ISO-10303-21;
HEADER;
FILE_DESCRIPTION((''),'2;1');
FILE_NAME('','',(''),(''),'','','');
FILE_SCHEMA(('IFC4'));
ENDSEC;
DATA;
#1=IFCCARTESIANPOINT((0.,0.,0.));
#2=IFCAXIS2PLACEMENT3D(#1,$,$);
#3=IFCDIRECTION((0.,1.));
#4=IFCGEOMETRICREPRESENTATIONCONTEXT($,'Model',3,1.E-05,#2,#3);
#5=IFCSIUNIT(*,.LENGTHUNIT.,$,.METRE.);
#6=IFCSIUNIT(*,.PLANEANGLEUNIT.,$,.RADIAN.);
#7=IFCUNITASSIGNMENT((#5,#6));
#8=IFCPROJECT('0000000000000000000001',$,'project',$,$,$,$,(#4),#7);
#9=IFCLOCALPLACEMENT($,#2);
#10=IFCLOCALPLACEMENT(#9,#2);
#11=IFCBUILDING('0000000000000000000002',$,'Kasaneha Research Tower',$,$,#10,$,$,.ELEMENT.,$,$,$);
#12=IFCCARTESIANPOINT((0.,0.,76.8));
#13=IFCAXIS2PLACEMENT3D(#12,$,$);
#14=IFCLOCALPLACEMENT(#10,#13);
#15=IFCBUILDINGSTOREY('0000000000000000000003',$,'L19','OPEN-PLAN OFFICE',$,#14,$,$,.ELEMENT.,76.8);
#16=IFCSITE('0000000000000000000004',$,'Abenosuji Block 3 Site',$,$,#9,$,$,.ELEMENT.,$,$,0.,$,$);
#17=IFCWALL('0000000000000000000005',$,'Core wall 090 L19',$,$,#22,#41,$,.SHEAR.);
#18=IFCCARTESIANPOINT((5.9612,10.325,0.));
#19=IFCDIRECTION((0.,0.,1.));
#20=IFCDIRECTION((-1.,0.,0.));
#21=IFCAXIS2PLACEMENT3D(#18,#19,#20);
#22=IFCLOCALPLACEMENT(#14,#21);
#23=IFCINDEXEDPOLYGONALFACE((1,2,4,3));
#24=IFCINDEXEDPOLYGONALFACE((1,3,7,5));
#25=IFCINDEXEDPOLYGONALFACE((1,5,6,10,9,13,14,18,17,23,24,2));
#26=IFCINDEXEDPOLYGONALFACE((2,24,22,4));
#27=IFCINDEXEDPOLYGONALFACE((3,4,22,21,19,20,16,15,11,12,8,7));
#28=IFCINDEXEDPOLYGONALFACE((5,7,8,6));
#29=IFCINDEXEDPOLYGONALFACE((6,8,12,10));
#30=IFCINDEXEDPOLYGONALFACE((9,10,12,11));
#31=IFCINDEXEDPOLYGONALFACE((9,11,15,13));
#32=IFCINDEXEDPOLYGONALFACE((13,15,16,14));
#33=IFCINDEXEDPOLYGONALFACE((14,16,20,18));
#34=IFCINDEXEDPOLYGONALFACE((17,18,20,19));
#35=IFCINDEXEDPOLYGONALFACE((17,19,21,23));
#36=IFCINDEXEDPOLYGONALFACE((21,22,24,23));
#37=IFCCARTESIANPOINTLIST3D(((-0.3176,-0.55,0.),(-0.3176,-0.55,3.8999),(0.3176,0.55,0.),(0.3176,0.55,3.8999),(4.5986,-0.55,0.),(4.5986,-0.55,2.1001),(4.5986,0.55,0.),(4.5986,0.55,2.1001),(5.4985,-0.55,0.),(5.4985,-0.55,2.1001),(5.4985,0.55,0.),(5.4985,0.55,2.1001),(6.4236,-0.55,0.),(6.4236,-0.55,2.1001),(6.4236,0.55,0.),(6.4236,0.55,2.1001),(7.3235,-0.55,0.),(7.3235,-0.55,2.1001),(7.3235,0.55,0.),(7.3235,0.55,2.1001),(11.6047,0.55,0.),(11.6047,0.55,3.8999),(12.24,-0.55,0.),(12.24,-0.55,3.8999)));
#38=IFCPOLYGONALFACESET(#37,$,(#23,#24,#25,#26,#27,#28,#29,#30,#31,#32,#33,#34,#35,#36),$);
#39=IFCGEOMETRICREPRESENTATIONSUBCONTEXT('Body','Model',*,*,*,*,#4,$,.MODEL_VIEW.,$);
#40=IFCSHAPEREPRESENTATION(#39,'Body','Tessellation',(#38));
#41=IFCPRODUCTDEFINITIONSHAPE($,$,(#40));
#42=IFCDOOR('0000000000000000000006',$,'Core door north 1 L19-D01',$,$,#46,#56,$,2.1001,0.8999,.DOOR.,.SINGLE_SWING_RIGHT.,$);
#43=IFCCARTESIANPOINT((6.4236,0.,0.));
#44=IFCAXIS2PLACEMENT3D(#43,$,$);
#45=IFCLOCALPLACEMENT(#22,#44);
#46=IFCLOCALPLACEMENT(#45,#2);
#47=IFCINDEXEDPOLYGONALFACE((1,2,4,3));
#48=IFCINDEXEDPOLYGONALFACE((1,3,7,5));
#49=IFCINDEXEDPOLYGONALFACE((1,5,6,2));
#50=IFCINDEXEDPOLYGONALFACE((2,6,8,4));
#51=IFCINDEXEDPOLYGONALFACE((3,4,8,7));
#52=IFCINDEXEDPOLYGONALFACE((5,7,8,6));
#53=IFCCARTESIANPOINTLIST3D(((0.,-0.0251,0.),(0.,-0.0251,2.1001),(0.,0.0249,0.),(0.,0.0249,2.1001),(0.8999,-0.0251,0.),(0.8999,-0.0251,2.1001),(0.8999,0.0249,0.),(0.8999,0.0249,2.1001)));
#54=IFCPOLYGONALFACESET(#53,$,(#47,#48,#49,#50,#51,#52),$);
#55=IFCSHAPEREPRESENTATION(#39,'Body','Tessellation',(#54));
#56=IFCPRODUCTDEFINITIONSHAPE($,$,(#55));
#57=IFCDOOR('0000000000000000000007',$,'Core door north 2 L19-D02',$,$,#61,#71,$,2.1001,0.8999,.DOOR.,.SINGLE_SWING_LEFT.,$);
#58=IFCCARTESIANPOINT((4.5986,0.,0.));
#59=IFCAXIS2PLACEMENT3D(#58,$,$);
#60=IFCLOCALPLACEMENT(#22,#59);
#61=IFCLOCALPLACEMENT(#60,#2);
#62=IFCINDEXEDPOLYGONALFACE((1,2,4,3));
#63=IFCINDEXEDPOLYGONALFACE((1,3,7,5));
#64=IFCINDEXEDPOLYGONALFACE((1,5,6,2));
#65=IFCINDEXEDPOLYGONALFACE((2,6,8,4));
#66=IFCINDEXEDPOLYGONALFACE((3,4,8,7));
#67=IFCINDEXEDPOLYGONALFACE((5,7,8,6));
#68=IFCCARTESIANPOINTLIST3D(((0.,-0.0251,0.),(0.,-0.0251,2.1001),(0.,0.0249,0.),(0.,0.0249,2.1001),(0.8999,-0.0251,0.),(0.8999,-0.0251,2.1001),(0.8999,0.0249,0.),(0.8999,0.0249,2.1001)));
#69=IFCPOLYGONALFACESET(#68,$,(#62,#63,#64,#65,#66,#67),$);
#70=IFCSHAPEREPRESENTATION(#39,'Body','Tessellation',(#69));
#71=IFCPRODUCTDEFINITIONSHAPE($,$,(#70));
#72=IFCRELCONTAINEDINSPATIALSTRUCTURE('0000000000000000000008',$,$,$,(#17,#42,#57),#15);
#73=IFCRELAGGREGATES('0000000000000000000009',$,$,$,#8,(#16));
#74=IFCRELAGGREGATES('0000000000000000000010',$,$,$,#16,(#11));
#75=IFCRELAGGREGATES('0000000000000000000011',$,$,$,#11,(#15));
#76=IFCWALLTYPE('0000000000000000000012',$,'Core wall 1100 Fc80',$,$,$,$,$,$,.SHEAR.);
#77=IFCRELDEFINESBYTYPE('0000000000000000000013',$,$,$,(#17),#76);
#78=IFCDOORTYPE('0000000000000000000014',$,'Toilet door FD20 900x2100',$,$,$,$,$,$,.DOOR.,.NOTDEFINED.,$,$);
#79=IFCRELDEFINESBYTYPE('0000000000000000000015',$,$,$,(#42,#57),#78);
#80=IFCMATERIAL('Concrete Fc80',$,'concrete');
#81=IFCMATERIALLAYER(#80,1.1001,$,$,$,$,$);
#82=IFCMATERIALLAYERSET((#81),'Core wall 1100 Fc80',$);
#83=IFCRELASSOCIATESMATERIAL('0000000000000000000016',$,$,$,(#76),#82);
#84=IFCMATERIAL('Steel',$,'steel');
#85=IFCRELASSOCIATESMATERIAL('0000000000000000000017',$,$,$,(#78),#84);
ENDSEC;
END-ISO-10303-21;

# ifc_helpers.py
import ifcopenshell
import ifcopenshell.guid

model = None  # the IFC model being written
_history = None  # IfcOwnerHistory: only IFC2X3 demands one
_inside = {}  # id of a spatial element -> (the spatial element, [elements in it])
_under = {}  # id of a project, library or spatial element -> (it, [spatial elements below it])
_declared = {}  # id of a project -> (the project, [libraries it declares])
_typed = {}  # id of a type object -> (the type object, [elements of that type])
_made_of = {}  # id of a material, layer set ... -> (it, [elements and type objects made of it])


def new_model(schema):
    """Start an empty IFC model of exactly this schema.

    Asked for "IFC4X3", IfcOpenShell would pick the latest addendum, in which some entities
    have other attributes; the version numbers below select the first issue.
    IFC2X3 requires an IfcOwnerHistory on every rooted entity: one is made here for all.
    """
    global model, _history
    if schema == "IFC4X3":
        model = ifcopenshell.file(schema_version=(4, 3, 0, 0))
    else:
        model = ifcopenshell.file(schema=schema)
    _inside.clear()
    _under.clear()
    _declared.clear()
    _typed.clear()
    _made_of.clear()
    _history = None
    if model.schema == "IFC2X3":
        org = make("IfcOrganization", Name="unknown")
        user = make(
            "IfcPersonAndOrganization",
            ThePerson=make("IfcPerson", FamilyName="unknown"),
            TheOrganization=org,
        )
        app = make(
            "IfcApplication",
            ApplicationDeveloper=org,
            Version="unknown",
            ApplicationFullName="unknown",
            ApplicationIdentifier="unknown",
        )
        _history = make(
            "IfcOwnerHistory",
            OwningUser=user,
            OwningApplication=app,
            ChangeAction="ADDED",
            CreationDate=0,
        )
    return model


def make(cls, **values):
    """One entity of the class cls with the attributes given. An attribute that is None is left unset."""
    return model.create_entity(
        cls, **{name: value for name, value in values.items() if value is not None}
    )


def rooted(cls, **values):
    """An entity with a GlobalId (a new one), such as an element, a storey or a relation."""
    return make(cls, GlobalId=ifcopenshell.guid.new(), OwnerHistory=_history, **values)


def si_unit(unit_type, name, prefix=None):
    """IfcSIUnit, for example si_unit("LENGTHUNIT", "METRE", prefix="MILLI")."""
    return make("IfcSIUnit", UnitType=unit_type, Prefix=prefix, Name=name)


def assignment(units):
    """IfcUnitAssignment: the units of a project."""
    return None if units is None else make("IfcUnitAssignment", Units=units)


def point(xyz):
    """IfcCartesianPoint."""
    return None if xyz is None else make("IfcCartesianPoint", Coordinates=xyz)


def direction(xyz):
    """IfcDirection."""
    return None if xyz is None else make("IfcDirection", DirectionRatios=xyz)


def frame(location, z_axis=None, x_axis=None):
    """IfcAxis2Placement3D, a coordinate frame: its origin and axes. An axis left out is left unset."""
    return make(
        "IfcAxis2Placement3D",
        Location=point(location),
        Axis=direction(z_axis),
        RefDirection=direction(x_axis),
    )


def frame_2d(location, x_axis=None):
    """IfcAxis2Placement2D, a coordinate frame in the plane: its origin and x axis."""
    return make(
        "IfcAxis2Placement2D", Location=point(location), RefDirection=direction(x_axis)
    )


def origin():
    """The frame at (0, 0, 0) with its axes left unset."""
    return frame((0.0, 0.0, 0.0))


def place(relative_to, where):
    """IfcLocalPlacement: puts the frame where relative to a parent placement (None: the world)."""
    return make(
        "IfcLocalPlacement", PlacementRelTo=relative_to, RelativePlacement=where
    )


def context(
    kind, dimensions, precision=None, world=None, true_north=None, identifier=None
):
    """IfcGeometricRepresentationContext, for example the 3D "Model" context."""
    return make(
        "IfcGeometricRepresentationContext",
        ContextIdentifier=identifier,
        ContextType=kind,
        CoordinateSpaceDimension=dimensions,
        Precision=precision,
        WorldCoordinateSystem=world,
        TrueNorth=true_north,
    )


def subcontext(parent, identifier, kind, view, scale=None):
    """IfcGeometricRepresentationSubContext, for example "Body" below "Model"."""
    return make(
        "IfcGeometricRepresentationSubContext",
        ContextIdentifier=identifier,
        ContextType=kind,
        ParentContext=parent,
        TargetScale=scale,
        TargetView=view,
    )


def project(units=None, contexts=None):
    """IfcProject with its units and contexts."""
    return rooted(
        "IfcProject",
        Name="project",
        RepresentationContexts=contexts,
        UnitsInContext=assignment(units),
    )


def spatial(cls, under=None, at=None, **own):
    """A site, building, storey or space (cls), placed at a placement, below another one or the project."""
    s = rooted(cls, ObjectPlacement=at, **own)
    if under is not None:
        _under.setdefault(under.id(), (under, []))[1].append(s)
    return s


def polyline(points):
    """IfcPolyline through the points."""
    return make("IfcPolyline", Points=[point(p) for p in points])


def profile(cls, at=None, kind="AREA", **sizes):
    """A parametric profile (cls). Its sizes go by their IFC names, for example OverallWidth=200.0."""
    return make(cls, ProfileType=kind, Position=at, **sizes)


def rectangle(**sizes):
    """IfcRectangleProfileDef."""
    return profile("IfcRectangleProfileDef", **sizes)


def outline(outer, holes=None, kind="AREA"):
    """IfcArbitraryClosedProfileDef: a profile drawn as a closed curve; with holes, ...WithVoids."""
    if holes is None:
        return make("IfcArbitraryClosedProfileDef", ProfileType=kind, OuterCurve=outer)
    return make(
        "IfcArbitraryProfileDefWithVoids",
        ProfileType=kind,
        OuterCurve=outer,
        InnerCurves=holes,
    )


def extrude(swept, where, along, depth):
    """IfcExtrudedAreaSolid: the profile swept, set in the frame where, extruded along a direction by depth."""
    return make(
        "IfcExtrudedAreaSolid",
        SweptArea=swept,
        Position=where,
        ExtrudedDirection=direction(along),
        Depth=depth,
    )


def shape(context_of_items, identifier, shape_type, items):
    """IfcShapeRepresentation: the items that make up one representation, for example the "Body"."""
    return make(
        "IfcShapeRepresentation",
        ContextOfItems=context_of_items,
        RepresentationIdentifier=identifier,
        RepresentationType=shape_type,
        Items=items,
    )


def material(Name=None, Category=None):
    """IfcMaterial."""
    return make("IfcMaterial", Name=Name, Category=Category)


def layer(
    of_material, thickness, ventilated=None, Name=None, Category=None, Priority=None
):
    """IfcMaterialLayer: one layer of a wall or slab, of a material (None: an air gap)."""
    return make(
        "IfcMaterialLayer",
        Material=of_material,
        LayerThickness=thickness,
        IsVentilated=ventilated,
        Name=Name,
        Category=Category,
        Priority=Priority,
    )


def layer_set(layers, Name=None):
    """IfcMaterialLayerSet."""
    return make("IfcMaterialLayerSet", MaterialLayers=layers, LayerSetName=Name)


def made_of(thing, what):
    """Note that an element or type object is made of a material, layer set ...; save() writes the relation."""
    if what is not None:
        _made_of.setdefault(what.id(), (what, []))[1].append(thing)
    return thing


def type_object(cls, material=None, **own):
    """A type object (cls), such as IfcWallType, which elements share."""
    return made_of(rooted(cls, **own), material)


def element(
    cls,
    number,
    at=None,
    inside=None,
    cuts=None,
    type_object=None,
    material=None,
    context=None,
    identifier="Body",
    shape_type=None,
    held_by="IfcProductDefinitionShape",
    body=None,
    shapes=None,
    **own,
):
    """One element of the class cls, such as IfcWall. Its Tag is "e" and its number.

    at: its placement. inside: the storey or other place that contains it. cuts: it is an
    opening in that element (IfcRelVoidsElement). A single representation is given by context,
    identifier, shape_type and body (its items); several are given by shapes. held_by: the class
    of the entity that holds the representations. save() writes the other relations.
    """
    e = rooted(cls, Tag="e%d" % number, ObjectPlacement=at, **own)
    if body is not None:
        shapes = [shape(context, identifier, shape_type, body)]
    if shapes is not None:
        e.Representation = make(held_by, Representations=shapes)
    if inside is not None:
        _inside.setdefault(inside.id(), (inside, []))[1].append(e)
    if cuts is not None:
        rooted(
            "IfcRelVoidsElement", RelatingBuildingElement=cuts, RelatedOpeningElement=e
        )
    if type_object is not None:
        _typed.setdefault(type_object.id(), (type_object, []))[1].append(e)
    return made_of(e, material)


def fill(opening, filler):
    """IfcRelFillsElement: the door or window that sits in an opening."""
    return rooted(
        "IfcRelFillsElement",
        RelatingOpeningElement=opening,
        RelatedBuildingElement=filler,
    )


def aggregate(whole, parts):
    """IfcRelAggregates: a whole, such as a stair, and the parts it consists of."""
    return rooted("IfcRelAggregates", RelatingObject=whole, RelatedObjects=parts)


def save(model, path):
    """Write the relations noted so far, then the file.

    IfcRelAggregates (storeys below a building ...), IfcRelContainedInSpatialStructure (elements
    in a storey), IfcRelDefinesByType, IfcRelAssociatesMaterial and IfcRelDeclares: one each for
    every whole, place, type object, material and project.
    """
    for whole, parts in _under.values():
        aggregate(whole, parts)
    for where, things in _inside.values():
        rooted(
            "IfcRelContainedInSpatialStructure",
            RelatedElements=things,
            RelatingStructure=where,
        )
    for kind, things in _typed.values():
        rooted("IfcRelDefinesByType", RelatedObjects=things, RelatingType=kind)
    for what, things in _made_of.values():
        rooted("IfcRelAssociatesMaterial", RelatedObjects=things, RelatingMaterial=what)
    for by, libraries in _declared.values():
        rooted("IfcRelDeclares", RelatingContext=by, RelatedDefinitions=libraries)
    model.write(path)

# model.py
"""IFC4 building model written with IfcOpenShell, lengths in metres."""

from ifc_helpers import new_model, si_unit, direction, frame, frame_2d, origin, place, context, subcontext, project, spatial, polyline, rectangle, outline, extrude, material, layer, layer_set, type_object, element, fill, save


model = new_model("IFC4")

# Units and contexts
model_context = context("Model", 3, precision=1e-05, world=origin(), true_north=direction((0.0, 1.0)))
body_context = subcontext(model_context, "Body", "Model", "MODEL_VIEW")
ifc_project = project(units=[si_unit("LENGTHUNIT", "METRE"), si_unit("PLANEANGLEUNIT", "RADIAN")], contexts=[model_context])

# Site, building, storey
site_placement = place(None, origin())
site = spatial("IfcSite", under=ifc_project, at=site_placement, Name="Abenosuji Block 3 Site", CompositionType="ELEMENT", RefElevation=0.0)
building_placement = place(site_placement, origin())
building = spatial("IfcBuilding", under=site, at=building_placement, Name="Kasaneha Research Tower", CompositionType="ELEMENT")
storey_placement = place(building_placement, frame((0.0, 0.0, 76.8)))
storey = spatial("IfcBuildingStorey", under=building, at=storey_placement, Name="L19", Description="OPEN-PLAN OFFICE", CompositionType="ELEMENT", Elevation=76.8)

# Shared definitions
ifc_material_1 = material(Name="Concrete Fc80", Category="concrete")
ifc_layer_1 = layer(ifc_material_1, 1.1001)
ifc_layer_set_1 = layer_set([ifc_layer_1], Name="Core wall 1100 Fc80")
wall_type_1 = type_object("IfcWallType", Name="Core wall 1100 Fc80", PredefinedType="SHEAR", material=ifc_layer_set_1)

# Wall, openings, doors
wall_1_placement = place(storey_placement, frame((5.9612, 10.325, 0.0), z_axis=(0.0, 0.0, 1.0), x_axis=(-1.0, 0.0, 0.0)))
wall_1 = element("IfcWall", 1, at=wall_1_placement, inside=storey, type_object=wall_type_1, Name="Core wall 090 L19", PredefinedType="SHEAR", context=body_context, shape_type="SweptSolid", body=[
    extrude(outline(polyline([(-0.3176, -0.55), (4.5986, -0.55), (5.4985, -0.55), (6.4236, -0.55), (7.3235, -0.55), (12.24, -0.55), (11.6047, 0.55), (7.3235, 0.55), (6.4236, 0.55), (5.4985, 0.55), (4.5986, 0.55), (0.3176, 0.55), (-0.3176, -0.55)])), origin(), (0.0, 0.0, 1.0), 3.8999),
])
opening_1_placement = place(wall_1_placement, frame((6.4236, 0.0, 0.0)))
opening_1 = element("IfcOpeningElement", 2, at=opening_1_placement, cuts=wall_1, PredefinedType="OPENING", context=body_context, shape_type="SweptSolid", body=[
    extrude(rectangle(XDim=0.8999, YDim=2.1001, at=frame_2d((0.45, 1.05))), frame((0.0, 0.5601, 0.0), z_axis=(0.0, -1.0, 0.0), x_axis=(1.0, 0.0, 0.0)), (0.0, 0.0, 1.0), 1.1201),
])
opening_2_placement = place(wall_1_placement, frame((4.5986, 0.0, 0.0)))
opening_2 = element("IfcOpeningElement", 3, at=opening_2_placement, cuts=wall_1, PredefinedType="OPENING", context=body_context, shape_type="SweptSolid", body=[
    extrude(rectangle(XDim=0.8999, YDim=2.1001, at=frame_2d((0.45, 1.05))), frame((0.0, 0.5601, 0.0), z_axis=(0.0, -1.0, 0.0), x_axis=(1.0, 0.0, 0.0)), (0.0, 0.0, 1.0), 1.1201),
])
ifc_material_2 = material(Name="Steel", Category="steel")
door_type_1 = type_object("IfcDoorType", Name="Toilet door FD20 900x2100", OperationType="NOTDEFINED", PredefinedType="DOOR", material=ifc_material_2)
door_1_placement = place(opening_1_placement, origin())
door_1 = element("IfcDoor", 4, at=door_1_placement, inside=storey, type_object=door_type_1, Name="Core door north 1 L19-D01", OperationType="SINGLE_SWING_RIGHT", OverallHeight=2.1001, OverallWidth=0.8999, PredefinedType="DOOR", context=body_context, shape_type="SweptSolid", body=[
    extrude(rectangle(XDim=0.8999, YDim=2.1001, at=frame_2d((0.45, 1.05))), frame((0.0, 0.0249, 0.0), z_axis=(0.0, -1.0, 0.0), x_axis=(1.0, 0.0, 0.0)), (0.0, 0.0, 1.0), 0.05),
])
fill(opening_1, door_1)
door_2_placement = place(opening_2_placement, origin())
door_2 = element("IfcDoor", 5, at=door_2_placement, inside=storey, type_object=door_type_1, Name="Core door north 2 L19-D02", OperationType="SINGLE_SWING_LEFT", OverallHeight=2.1001, OverallWidth=0.8999, PredefinedType="DOOR", context=body_context, shape_type="SweptSolid", body=[
    extrude(rectangle(XDim=0.8999, YDim=2.1001, at=frame_2d((0.45, 1.05))), frame((0.0, 0.0249, 0.0), z_axis=(0.0, -1.0, 0.0), x_axis=(1.0, 0.0, 0.0)), (0.0, 0.0, 1.0), 0.05),
])
fill(opening_2, door_2)

save(model, "model.ifc")
